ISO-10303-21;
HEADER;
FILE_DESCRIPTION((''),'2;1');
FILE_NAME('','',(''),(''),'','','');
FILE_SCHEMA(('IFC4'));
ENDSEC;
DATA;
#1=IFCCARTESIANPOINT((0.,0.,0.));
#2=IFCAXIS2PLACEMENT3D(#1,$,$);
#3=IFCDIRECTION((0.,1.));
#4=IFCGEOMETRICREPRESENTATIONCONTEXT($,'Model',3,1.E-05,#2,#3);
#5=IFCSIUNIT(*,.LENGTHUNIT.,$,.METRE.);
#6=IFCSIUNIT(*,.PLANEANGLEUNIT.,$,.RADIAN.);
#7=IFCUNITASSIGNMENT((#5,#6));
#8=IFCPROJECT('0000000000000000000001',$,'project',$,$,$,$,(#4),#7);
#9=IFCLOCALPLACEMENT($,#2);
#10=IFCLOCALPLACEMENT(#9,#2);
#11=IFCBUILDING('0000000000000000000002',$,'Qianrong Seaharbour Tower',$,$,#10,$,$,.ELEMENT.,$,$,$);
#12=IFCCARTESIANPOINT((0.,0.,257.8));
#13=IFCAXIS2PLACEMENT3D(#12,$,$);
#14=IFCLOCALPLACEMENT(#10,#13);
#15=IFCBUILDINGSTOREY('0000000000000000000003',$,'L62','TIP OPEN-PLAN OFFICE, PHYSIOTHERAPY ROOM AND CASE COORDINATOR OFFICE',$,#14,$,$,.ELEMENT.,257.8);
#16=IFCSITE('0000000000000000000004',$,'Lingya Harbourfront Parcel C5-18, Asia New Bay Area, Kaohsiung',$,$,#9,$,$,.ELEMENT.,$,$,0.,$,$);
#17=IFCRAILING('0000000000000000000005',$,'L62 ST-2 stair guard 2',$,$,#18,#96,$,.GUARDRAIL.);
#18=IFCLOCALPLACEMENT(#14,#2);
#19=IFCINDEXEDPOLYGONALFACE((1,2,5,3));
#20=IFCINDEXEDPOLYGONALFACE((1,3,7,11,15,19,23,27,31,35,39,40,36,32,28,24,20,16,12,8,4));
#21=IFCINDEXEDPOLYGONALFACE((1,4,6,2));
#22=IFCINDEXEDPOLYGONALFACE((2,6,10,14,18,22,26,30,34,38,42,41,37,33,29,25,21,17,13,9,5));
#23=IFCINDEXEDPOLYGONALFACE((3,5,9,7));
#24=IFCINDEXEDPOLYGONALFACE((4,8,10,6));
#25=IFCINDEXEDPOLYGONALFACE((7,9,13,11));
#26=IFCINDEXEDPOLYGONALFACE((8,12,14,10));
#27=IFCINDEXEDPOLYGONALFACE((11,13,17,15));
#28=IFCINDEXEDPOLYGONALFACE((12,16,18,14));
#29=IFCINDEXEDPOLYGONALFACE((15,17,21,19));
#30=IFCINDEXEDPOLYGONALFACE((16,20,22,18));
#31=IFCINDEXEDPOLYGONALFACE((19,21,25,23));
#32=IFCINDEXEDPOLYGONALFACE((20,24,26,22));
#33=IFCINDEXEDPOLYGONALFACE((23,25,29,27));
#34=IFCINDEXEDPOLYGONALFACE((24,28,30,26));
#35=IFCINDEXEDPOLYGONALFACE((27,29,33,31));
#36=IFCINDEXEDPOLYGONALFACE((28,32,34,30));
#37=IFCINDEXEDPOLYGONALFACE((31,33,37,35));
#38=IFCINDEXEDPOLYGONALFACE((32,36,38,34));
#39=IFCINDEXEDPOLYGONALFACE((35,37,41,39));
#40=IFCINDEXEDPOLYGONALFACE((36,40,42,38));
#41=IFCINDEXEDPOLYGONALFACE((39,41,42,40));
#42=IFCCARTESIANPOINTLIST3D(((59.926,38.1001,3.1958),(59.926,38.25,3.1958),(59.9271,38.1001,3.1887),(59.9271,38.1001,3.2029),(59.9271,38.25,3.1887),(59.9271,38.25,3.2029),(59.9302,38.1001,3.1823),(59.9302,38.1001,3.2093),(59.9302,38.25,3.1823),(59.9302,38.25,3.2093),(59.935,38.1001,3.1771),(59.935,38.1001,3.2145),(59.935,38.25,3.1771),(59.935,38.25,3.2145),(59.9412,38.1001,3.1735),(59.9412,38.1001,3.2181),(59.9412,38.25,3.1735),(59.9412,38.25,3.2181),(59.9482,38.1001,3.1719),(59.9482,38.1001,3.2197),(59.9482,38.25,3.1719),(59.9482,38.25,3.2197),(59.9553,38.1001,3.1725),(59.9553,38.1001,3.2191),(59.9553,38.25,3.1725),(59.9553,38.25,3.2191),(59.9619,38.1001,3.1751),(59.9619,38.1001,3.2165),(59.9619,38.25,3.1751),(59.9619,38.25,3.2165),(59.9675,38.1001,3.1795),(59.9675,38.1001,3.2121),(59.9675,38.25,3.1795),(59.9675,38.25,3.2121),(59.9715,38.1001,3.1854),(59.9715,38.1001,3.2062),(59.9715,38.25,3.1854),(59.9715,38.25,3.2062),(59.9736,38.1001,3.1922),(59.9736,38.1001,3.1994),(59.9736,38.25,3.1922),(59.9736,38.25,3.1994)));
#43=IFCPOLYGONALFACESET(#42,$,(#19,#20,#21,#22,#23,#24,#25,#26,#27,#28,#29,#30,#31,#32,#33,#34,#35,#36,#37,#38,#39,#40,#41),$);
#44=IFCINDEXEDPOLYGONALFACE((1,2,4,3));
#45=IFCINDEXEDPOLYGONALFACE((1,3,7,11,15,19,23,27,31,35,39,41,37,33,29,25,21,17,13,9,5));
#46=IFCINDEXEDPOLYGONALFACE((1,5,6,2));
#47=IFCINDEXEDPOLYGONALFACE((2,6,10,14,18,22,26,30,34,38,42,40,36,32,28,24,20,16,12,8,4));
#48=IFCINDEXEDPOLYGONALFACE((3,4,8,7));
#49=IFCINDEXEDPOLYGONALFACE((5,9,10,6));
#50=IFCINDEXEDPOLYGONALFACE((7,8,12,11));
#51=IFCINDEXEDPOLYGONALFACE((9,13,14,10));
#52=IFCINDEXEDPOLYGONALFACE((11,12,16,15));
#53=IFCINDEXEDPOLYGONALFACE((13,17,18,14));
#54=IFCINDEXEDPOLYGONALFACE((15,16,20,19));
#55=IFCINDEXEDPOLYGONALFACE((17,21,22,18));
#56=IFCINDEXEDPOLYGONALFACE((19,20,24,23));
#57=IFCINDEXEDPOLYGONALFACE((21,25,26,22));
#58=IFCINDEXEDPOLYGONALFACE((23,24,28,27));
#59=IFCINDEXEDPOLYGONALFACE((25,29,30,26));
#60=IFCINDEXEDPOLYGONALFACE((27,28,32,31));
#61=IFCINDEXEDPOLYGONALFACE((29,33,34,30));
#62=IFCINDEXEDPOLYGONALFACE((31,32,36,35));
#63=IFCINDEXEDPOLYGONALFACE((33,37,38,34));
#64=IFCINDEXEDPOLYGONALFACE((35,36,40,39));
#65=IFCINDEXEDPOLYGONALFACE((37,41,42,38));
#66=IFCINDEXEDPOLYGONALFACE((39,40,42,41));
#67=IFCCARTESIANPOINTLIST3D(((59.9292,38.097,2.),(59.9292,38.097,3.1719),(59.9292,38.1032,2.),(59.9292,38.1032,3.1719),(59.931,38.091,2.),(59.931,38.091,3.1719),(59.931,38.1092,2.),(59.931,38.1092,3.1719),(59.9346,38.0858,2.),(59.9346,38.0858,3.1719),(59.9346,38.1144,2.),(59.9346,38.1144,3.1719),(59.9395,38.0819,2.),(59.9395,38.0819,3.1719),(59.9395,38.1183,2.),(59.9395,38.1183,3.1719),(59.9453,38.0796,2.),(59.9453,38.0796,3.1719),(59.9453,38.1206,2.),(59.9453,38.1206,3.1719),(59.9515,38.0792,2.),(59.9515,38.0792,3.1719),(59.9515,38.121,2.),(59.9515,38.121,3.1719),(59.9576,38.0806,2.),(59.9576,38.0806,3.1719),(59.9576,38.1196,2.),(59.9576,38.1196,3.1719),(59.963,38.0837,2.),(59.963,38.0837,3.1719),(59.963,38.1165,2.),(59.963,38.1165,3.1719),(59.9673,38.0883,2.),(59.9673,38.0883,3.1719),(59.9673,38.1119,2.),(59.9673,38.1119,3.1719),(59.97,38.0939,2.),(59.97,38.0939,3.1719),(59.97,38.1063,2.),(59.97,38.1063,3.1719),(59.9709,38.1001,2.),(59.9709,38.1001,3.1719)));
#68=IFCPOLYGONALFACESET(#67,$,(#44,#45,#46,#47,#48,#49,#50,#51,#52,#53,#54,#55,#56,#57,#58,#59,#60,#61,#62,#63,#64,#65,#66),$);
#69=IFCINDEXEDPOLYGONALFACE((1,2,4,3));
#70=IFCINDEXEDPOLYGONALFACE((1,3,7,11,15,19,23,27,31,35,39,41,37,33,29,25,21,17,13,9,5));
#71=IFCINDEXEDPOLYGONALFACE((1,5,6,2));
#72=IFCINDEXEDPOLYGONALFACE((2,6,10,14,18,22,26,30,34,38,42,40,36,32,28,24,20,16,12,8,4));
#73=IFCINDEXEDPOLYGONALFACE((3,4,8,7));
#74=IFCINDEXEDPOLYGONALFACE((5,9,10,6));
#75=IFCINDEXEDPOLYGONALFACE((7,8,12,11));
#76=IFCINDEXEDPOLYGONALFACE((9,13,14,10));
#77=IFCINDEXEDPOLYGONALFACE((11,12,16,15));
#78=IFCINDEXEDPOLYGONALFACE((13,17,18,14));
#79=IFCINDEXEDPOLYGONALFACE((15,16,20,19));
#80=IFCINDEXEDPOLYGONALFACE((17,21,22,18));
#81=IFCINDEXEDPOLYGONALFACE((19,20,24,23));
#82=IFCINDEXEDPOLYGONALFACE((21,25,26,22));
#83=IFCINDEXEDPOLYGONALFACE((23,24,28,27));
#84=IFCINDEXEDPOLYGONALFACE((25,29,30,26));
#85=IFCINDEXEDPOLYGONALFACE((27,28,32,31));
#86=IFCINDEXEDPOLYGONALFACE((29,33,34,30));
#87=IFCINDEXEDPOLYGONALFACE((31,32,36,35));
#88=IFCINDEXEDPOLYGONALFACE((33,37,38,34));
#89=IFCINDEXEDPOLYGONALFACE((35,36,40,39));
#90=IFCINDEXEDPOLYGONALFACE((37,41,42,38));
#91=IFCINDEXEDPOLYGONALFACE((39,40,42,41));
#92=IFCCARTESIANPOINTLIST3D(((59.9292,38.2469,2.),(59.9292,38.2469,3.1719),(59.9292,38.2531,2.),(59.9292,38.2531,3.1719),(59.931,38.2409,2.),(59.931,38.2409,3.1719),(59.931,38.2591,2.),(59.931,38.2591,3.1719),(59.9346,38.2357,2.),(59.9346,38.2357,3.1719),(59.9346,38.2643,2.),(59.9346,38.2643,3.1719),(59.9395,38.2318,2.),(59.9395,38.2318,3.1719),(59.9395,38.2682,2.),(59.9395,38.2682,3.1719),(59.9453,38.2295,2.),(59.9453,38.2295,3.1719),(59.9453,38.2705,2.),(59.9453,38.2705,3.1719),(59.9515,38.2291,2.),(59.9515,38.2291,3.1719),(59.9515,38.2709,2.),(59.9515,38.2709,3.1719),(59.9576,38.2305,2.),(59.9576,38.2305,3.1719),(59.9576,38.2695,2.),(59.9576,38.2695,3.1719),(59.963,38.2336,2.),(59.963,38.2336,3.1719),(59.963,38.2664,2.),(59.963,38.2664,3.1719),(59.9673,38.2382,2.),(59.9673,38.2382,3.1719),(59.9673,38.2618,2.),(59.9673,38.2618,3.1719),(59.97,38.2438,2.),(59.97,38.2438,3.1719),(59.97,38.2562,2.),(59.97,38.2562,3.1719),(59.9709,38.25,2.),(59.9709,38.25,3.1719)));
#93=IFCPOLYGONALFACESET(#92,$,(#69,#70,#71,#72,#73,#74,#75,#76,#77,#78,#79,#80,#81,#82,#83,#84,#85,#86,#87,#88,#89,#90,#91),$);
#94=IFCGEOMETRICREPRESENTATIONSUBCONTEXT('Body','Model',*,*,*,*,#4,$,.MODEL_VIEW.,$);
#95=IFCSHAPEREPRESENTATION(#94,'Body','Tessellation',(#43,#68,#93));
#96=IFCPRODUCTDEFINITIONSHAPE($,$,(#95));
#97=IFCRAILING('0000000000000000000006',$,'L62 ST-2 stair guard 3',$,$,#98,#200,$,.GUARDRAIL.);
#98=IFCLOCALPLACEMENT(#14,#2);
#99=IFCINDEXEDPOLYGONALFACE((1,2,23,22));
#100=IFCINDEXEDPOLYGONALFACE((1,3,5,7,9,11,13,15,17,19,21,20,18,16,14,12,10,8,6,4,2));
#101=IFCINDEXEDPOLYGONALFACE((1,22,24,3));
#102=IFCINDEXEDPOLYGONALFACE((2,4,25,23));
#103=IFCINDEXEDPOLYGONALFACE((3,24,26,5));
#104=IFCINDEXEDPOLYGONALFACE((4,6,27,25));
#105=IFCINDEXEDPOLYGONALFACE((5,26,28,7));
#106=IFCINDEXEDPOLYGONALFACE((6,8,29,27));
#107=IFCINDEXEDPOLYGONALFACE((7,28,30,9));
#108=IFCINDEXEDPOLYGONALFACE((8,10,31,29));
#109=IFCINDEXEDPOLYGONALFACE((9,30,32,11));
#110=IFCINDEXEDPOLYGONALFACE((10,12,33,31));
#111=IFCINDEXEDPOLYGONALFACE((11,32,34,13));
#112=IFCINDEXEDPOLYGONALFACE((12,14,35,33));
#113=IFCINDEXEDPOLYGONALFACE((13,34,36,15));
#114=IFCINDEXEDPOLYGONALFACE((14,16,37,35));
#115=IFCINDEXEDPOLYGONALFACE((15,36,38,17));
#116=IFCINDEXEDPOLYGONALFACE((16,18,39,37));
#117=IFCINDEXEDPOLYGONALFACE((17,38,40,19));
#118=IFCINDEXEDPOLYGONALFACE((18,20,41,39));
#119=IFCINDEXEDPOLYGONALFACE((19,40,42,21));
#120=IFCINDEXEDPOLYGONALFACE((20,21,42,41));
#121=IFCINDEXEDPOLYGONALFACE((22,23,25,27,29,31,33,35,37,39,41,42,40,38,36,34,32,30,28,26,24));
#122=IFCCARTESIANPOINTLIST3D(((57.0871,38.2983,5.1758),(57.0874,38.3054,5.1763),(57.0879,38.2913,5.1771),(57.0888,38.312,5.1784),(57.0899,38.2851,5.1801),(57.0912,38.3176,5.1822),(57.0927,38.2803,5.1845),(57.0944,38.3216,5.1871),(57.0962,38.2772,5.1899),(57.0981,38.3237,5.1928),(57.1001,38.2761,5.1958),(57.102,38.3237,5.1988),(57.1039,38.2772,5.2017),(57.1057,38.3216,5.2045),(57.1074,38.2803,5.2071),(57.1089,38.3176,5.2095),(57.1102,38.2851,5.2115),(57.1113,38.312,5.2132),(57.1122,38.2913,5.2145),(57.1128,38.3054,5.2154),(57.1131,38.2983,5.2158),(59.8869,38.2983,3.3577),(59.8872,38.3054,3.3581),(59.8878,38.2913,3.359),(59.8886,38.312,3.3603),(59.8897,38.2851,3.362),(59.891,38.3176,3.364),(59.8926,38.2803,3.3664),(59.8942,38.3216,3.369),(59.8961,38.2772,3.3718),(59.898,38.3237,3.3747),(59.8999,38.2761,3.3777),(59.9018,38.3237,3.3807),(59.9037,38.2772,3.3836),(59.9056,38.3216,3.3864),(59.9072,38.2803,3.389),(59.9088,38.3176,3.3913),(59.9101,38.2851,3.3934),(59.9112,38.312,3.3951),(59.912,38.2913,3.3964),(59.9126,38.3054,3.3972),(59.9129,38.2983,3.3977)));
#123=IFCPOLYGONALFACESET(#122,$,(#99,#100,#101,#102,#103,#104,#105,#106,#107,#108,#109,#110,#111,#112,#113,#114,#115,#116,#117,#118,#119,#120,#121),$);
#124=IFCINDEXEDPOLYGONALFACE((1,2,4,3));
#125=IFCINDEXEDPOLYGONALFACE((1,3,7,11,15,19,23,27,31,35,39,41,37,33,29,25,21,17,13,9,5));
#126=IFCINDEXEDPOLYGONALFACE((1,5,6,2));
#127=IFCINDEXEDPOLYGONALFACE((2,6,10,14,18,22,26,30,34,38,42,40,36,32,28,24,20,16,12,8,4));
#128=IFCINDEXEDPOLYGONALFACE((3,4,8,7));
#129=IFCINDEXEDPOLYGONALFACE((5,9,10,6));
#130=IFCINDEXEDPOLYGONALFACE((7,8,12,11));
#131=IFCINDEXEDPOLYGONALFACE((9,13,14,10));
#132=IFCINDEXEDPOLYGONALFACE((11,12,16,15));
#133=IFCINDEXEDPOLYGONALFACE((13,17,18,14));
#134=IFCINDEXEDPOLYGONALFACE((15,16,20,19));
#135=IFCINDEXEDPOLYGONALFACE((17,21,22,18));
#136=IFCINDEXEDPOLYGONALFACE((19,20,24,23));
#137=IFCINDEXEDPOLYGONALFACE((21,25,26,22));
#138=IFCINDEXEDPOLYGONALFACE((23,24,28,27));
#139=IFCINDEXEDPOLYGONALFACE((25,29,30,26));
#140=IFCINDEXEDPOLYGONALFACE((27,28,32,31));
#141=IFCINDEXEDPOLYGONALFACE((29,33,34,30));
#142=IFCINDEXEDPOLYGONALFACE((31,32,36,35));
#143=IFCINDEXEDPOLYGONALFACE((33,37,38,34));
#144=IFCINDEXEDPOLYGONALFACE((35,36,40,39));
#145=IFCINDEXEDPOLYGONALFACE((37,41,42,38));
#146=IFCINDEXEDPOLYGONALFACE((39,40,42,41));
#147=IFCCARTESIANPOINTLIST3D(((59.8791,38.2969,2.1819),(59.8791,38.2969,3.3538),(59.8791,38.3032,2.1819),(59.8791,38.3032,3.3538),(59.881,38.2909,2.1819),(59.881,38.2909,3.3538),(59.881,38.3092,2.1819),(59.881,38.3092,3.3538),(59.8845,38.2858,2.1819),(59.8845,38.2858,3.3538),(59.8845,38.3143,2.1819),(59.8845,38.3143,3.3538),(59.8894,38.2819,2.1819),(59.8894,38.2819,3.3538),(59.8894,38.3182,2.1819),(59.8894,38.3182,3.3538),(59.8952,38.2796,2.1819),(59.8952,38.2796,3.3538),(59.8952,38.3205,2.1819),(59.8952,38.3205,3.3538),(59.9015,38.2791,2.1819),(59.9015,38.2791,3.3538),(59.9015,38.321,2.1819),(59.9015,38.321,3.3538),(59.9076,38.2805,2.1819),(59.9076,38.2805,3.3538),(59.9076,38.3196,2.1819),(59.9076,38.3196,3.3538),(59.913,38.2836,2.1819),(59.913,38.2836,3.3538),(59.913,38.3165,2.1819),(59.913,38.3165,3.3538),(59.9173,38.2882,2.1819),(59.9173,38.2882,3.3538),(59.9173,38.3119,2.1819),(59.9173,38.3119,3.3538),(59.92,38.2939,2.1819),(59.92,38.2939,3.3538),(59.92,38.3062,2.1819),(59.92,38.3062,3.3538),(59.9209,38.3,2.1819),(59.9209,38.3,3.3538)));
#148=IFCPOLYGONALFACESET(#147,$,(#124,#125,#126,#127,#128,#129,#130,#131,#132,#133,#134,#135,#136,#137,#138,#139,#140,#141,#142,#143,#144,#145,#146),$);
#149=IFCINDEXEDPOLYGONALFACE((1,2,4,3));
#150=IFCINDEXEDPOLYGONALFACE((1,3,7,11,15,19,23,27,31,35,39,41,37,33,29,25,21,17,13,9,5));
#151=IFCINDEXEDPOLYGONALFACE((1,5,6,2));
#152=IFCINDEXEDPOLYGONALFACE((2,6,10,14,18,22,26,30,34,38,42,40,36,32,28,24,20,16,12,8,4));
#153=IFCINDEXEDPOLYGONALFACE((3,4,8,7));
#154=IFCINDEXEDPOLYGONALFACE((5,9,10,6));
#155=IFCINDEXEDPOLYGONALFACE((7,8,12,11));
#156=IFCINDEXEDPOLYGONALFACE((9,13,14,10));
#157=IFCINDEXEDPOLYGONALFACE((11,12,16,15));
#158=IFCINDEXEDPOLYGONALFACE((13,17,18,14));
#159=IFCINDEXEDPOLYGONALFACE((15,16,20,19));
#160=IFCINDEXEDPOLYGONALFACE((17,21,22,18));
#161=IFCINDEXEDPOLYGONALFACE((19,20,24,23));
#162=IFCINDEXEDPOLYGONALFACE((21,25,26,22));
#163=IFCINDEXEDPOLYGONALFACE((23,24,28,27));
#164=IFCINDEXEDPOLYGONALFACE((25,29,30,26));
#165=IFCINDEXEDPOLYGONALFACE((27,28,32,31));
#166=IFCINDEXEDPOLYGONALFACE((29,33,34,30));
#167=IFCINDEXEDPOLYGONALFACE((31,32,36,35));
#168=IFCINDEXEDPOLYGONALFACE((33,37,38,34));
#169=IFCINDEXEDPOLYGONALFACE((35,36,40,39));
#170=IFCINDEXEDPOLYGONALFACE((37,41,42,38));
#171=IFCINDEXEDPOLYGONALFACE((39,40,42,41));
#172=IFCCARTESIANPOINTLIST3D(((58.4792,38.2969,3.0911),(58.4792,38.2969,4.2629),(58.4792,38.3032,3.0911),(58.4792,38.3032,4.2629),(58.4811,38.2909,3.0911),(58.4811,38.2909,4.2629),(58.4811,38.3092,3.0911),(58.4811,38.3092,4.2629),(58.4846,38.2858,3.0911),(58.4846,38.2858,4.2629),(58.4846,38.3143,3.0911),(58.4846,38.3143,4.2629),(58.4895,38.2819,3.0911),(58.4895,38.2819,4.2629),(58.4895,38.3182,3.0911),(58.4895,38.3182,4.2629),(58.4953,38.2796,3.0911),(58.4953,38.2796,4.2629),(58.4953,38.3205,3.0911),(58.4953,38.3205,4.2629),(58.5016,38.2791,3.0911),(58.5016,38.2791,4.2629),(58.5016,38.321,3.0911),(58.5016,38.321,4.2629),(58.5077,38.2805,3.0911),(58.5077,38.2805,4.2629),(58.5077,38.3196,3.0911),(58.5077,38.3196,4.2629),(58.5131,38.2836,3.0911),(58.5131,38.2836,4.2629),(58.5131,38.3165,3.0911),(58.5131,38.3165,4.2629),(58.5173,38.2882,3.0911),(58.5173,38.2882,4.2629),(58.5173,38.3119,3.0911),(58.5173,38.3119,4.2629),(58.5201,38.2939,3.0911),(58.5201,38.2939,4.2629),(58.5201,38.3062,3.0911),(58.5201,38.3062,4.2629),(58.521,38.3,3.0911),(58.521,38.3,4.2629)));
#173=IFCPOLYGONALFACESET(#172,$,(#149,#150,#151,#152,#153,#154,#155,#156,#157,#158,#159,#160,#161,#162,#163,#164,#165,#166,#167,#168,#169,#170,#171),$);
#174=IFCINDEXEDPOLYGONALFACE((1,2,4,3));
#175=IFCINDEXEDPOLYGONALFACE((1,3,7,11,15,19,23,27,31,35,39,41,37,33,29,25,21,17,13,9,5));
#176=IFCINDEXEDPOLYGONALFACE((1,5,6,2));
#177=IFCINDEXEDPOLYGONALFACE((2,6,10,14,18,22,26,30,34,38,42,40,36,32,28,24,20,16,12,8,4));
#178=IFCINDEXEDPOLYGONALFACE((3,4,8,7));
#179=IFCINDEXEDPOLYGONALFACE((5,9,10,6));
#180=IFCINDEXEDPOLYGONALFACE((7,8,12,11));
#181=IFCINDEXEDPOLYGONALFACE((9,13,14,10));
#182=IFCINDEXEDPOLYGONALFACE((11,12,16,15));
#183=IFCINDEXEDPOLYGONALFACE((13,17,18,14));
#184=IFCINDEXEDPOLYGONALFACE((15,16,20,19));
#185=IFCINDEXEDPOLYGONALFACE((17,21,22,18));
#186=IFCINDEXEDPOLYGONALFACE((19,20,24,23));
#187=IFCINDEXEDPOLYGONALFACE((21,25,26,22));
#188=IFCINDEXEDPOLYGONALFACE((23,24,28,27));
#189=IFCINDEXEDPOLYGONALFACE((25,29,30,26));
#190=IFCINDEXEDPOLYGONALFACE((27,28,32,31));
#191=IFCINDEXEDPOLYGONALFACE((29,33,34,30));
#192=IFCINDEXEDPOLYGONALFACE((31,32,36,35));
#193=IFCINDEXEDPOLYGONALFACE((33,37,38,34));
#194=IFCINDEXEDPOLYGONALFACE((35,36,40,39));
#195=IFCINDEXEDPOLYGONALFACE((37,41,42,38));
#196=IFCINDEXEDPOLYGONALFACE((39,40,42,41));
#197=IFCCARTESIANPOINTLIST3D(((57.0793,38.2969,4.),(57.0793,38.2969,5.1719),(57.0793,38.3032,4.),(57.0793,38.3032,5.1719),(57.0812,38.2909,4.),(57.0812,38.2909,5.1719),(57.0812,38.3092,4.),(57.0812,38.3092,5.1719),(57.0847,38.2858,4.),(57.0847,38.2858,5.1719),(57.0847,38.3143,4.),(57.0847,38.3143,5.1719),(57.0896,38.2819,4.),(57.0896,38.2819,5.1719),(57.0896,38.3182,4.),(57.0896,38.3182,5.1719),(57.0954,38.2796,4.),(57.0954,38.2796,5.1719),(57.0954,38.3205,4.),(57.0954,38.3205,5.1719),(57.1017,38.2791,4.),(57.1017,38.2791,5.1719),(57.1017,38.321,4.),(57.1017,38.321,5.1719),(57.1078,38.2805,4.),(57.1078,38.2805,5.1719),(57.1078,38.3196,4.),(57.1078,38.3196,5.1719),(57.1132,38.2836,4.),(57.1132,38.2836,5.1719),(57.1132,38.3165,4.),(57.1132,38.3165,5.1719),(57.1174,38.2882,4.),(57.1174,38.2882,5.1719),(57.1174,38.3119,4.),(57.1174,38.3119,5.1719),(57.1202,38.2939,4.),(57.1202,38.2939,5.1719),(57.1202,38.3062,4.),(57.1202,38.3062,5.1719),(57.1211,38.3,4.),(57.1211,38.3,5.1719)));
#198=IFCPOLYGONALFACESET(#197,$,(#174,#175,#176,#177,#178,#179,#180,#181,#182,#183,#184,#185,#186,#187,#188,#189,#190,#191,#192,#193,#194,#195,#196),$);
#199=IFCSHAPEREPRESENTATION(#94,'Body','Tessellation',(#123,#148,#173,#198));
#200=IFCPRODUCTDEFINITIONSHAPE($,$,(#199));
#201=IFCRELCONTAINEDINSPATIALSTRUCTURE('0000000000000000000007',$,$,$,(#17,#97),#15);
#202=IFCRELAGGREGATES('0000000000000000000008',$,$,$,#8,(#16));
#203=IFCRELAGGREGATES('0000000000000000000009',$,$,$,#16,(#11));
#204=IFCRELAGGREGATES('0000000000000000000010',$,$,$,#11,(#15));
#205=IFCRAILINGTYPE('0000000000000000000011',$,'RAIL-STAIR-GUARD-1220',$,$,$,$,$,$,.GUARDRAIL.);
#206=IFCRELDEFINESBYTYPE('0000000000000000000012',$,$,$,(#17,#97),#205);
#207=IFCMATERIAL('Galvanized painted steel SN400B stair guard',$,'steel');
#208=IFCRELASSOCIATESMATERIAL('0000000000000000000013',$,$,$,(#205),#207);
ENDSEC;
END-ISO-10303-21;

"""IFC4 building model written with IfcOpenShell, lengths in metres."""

from ifc_helpers import new_model, si_unit, direction, frame, origin, origin_2d, place, context, subcontext, project, spatial, circle, extrude, material, type_object, element, save


model = new_model("IFC4")

# Units and contexts
model_context = context("Model", 3, precision=1e-05, world=origin(), true_north=direction((0.0, 1.0)))
body_context = subcontext(model_context, "Body", "Model", "MODEL_VIEW")
ifc_project = project(units=[si_unit("LENGTHUNIT", "METRE"), si_unit("PLANEANGLEUNIT", "RADIAN")], contexts=[model_context])

# Site, building, storey
site_placement = place(None, origin())
site = spatial("IfcSite", under=ifc_project, at=site_placement, Name="Lingya Harbourfront Parcel C5-18, Asia New Bay Area, Kaohsiung", CompositionType="ELEMENT", RefElevation=0.0)
building_placement = place(site_placement, origin())
building = spatial("IfcBuilding", under=site, at=building_placement, Name="Qianrong Seaharbour Tower", CompositionType="ELEMENT")
storey_placement = place(building_placement, frame((0.0, 0.0, 257.8)))
storey = spatial("IfcBuildingStorey", under=building, at=storey_placement, Name="L62", Description="TIP OPEN-PLAN OFFICE, PHYSIOTHERAPY ROOM AND CASE COORDINATOR OFFICE", CompositionType="ELEMENT", Elevation=257.8)

# Railings
ifc_material_1 = material(Name="Galvanized painted steel SN400B stair guard", Category="steel")
railing_type_1 = type_object("IfcRailingType", Name="RAIL-STAIR-GUARD-1220", PredefinedType="GUARDRAIL", material=ifc_material_1)
railing_1_placement = place(storey_placement, frame((59.95, 38.1001, 2.0)))
element("IfcRailing", 1, at=railing_1_placement, inside=storey, type_object=railing_type_1, Name="L62 ST-2 stair guard 2", PredefinedType="GUARDRAIL", context=body_context, shape_type="SweptSolid", body=[
    extrude(circle(Radius=0.0239, at=origin_2d()), frame((0.0, 0.0, 1.1958), z_axis=(0.0, 1.0, 0.0), x_axis=(-1.0, 0.0, 0.0)), (0.0, 0.0, 1.0), 0.1499),
    extrude(circle(Radius=0.021, at=origin_2d()), origin(), (0.0, 0.0, 1.0), 1.1719),
    extrude(circle(Radius=0.021, at=origin_2d()), frame((0.0, 0.1499, 0.0)), (0.0, 0.0, 1.0), 1.1719),
])
railing_2_placement = place(storey_placement, frame((59.8999, 38.3, 2.1819)))
element("IfcRailing", 2, at=railing_2_placement, inside=storey, type_object=railing_type_1, Name="L62 ST-2 stair guard 3", PredefinedType="GUARDRAIL", context=body_context, shape_type="SweptSolid", body=[
    extrude(circle(Radius=0.0239, at=origin_2d()), frame((0.0, 0.0, 1.1958), z_axis=(-0.838684, 0.0, 0.544618), x_axis=(0.0, -1.0, 0.0)), (0.0, 0.0, 1.0), 3.3384),
    extrude(circle(Radius=0.021, at=origin_2d()), origin(), (0.0, 0.0, 1.0), 1.1719),
    extrude(circle(Radius=0.021, at=origin_2d()), frame((-1.3999, 0.0, 0.9092)), (0.0, 0.0, 1.0), 1.1719),
    extrude(circle(Radius=0.021, at=origin_2d()), frame((-2.7998, 0.0, 1.8181)), (0.0, 0.0, 1.0), 1.1719),
])

save(model, "model.ifc")
